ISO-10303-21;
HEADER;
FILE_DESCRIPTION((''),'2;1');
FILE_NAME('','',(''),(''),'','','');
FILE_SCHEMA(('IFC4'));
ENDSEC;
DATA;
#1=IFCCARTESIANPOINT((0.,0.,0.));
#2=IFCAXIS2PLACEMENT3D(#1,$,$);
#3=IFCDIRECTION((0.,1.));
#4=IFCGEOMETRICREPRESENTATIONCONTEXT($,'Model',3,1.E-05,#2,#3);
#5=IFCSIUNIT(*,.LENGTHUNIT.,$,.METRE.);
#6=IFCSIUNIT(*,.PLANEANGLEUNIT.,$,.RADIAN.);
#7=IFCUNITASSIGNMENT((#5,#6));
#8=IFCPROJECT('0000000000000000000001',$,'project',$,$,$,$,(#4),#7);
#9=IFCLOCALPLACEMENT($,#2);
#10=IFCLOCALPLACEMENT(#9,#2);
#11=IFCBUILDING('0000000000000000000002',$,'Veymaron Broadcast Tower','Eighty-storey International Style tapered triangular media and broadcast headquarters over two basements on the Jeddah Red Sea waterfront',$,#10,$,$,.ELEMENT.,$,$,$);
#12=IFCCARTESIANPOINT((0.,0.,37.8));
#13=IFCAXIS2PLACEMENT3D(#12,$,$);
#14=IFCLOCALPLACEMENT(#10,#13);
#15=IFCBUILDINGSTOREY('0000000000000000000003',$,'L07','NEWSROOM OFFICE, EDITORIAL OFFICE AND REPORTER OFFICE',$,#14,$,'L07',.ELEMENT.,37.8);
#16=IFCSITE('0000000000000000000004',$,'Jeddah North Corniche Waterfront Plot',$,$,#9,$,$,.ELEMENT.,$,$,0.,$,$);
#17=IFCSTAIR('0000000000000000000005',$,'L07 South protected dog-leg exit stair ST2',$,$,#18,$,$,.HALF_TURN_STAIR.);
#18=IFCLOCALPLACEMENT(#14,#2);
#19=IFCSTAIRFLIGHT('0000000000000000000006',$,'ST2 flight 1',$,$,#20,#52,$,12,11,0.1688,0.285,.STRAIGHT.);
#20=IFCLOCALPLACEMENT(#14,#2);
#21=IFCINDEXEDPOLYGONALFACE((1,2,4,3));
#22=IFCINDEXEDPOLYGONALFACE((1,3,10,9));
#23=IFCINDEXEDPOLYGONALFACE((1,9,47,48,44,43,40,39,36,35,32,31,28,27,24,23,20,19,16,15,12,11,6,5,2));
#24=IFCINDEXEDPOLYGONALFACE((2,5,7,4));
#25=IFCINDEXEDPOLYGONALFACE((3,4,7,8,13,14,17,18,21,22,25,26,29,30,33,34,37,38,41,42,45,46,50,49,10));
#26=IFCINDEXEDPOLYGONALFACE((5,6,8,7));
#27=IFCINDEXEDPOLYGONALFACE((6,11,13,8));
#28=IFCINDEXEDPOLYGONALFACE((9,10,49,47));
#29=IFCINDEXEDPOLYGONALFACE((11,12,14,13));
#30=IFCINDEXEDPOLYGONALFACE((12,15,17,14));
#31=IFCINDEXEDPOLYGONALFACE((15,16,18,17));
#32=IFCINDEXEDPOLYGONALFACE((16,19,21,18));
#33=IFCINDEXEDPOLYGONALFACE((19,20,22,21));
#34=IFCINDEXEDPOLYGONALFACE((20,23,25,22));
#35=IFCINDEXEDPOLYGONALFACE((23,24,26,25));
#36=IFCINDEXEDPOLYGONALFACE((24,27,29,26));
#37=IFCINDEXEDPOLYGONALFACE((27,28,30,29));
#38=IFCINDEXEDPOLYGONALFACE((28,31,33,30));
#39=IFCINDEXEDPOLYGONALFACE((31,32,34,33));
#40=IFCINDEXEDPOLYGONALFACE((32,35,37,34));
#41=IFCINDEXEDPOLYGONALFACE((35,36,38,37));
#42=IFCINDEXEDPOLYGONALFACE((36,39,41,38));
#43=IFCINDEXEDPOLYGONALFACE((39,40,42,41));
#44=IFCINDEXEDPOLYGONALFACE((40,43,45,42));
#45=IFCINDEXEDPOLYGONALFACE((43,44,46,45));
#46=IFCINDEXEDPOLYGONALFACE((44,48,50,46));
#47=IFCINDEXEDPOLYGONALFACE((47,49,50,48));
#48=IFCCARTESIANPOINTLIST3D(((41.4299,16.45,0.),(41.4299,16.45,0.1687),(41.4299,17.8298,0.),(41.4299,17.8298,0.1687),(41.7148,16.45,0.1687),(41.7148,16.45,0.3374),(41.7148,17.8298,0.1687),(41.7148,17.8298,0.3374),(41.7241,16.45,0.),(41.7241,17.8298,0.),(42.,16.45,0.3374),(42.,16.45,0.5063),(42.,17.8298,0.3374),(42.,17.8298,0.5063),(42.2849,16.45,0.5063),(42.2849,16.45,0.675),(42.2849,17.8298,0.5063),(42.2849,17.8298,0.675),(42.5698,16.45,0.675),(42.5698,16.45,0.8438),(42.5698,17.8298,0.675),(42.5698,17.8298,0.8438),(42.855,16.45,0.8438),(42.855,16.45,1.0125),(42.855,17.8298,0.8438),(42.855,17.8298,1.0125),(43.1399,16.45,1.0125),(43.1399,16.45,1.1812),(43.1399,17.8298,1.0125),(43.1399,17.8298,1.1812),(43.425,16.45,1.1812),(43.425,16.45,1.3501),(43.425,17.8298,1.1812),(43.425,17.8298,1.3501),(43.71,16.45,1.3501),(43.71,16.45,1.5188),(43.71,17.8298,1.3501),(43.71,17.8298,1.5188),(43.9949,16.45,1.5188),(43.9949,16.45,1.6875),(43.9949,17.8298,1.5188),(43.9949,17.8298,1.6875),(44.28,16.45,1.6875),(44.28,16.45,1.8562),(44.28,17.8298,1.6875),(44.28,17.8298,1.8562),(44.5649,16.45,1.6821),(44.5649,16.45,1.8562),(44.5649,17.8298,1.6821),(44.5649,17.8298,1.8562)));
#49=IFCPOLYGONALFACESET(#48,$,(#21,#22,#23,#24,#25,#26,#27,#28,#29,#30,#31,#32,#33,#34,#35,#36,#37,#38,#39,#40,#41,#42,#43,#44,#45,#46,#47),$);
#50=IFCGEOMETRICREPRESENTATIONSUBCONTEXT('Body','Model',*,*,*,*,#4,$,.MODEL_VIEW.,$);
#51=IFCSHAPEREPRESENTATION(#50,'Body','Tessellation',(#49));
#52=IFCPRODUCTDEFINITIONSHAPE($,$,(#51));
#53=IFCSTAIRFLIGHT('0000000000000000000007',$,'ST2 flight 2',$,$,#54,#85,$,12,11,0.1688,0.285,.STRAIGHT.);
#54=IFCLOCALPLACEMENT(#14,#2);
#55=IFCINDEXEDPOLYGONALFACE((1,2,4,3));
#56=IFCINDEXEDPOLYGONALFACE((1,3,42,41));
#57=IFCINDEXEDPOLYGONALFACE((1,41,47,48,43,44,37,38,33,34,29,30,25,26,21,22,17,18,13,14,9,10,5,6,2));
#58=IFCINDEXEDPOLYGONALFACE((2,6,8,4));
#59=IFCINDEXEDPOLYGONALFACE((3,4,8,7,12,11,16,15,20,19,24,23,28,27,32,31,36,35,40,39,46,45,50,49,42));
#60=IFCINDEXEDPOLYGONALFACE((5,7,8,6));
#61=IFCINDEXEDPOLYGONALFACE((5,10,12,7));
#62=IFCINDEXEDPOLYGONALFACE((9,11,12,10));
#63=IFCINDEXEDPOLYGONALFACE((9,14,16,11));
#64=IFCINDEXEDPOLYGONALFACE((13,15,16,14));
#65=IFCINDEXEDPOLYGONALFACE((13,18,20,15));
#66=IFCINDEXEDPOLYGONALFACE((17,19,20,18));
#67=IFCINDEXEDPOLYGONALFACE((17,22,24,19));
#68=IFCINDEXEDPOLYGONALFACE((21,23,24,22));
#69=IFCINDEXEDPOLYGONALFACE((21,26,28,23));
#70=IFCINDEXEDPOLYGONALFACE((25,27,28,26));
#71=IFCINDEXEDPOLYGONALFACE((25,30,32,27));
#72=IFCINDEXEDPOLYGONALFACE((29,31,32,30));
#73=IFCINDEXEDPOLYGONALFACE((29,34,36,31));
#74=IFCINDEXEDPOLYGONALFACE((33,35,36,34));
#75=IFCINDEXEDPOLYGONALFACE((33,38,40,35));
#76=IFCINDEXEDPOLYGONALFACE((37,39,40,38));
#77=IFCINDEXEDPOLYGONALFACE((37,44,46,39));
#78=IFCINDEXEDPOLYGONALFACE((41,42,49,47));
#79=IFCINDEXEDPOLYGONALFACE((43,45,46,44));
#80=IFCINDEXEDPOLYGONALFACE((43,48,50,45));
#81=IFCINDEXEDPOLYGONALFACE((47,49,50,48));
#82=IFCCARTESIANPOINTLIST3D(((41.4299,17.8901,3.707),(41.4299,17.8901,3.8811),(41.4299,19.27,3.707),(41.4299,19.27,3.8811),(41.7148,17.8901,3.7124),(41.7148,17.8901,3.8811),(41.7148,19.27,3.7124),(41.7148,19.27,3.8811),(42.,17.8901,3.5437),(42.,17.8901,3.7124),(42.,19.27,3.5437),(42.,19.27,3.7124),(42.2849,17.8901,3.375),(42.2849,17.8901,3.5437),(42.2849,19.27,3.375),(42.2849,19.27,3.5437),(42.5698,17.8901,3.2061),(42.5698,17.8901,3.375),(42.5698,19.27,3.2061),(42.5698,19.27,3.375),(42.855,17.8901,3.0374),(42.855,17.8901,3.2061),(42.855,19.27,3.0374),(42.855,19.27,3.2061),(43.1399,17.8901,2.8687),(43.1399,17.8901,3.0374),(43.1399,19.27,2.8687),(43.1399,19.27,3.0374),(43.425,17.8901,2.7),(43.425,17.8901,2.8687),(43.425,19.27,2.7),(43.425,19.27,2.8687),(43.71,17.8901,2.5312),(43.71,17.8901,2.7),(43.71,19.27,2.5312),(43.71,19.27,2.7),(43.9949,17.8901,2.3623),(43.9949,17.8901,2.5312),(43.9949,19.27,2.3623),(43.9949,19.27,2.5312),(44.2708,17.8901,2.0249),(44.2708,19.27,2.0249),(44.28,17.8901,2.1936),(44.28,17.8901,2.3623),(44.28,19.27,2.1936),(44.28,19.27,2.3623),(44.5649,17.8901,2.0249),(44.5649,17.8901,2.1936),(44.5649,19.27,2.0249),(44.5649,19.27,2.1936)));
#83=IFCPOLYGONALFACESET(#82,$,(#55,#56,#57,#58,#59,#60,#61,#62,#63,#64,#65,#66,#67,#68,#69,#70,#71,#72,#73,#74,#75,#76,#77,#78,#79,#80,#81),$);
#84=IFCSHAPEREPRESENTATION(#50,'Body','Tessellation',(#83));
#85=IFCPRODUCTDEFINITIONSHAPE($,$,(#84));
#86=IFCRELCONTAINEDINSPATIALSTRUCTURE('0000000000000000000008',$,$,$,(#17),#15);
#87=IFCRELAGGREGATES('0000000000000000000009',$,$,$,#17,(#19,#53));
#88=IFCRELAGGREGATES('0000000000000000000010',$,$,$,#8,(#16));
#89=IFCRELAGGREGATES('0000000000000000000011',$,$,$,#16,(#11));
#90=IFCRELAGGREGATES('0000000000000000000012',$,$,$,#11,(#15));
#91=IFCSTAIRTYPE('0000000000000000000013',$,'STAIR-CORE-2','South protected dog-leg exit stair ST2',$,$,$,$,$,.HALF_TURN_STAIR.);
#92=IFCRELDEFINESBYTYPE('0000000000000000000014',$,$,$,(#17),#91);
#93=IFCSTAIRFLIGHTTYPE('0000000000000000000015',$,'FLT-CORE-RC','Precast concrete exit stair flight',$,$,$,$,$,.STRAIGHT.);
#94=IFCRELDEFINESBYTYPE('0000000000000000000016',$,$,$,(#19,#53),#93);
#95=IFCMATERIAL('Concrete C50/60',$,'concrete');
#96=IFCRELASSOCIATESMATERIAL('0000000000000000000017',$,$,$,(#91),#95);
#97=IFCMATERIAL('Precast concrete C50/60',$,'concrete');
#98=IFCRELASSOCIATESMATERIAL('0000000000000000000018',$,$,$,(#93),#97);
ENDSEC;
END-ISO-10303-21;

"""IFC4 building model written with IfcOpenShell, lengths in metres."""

from ifc_helpers import new_model, si_unit, direction, frame, origin, place, context, subcontext, project, spatial, polyline, outline, extrude, material, type_object, element, aggregate, save


model = new_model("IFC4")

# Units and contexts
model_context = context("Model", 3, precision=1e-05, world=origin(), true_north=direction((0.0, 1.0)))
body_context = subcontext(model_context, "Body", "Model", "MODEL_VIEW")
ifc_project = project(units=[si_unit("LENGTHUNIT", "METRE"), si_unit("PLANEANGLEUNIT", "RADIAN")], contexts=[model_context])

# Site, building, storey
site_placement = place(None, origin())
site = spatial("IfcSite", under=ifc_project, at=site_placement, Name="Jeddah North Corniche Waterfront Plot", CompositionType="ELEMENT", RefElevation=0.0)
building_placement = place(site_placement, origin())
building = spatial("IfcBuilding", under=site, at=building_placement, Name="Veymaron Broadcast Tower", Description="Eighty-storey International Style tapered triangular media and broadcast headquarters over two basements on the Jeddah Red Sea waterfront", CompositionType="ELEMENT")
storey_placement = place(building_placement, frame((0.0, 0.0, 37.8)))
storey = spatial("IfcBuildingStorey", under=building, at=storey_placement, Name="L07", Description="NEWSROOM OFFICE, EDITORIAL OFFICE AND REPORTER OFFICE", LongName="L07", CompositionType="ELEMENT", Elevation=37.8)

# Shared definitions
ifc_material_1 = material(Name="Concrete C50/60", Category="concrete")

# Stair, stair flights
stair_type = type_object("IfcStairType", Name="STAIR-CORE-2", Description="South protected dog-leg exit stair ST2", PredefinedType="HALF_TURN_STAIR", material=ifc_material_1)
stair_placement = place(storey_placement, origin())
stair = element("IfcStair", 1, at=stair_placement, inside=storey, type_object=stair_type, Name="L07 South protected dog-leg exit stair ST2", PredefinedType="HALF_TURN_STAIR")
ifc_material_2 = material(Name="Precast concrete C50/60", Category="concrete")
stair_flight_type = type_object("IfcStairFlightType", Name="FLT-CORE-RC", Description="Precast concrete exit stair flight", PredefinedType="STRAIGHT", material=ifc_material_2)
stair_flight_1_placement = place(storey_placement, frame((41.4299, 17.1399, 0.0), z_axis=(0.0, 0.0, 1.0), x_axis=(1.0, 0.0, 0.0)))
stair_flight_1 = element("IfcStairFlight", 2, at=stair_flight_1_placement, type_object=stair_flight_type, Name="ST2 flight 1", NumberOfRisers=12, NumberOfTreads=11, PredefinedType="STRAIGHT", RiserHeight=0.1688, TreadLength=0.285, context=body_context, shape_type="SweptSolid", body=[
    extrude(outline(polyline([(0.0, 0.0), (0.0, 0.1687), (0.2849, 0.1687), (0.2849, 0.3374), (0.5701, 0.3374), (0.5701, 0.5063), (0.855, 0.5063), (0.855, 0.675), (1.1399, 0.675), (1.1399, 0.8438), (1.425, 0.8438), (1.425, 1.0125), (1.71, 1.0125), (1.71, 1.1812), (1.9951, 1.1812), (1.9951, 1.3501), (2.28, 1.3501), (2.28, 1.5188), (2.5649, 1.5188), (2.5649, 1.6875), (2.8501, 1.6875), (2.8501, 1.8562), (3.135, 1.8562), (3.135, 2.0249), (3.135, 1.6821), (0.2942, 0.0), (0.0, 0.0)])), frame((0.0, 0.6899, 0.0), z_axis=(0.0, -1.0, 0.0), x_axis=(1.0, 0.0, 0.0)), (0.0, 0.0, 1.0), 1.3799),
])
stair_flight_2_placement = place(storey_placement, frame((44.5649, 18.5801, 2.0249), z_axis=(0.0, 0.0, 1.0), x_axis=(-1.0, 0.0, 0.0)))
stair_flight_2 = element("IfcStairFlight", 3, at=stair_flight_2_placement, type_object=stair_flight_type, Name="ST2 flight 2", NumberOfRisers=12, NumberOfTreads=11, PredefinedType="STRAIGHT", RiserHeight=0.1688, TreadLength=0.285, context=body_context, shape_type="SweptSolid", body=[
    extrude(outline(polyline([(0.0, 0.0), (0.0, 0.1687), (0.2849, 0.1687), (0.2849, 0.3374), (0.5701, 0.3374), (0.5701, 0.5063), (0.855, 0.5063), (0.855, 0.675), (1.1399, 0.675), (1.1399, 0.8438), (1.425, 0.8438), (1.425, 1.0125), (1.71, 1.0125), (1.71, 1.1812), (1.9951, 1.1812), (1.9951, 1.3501), (2.28, 1.3501), (2.28, 1.5188), (2.5649, 1.5188), (2.5649, 1.6875), (2.8501, 1.6875), (2.8501, 1.8562), (3.135, 1.8562), (3.135, 2.0249), (3.135, 1.6821), (0.2942, 0.0), (0.0, 0.0)])), frame((0.0, 0.6899, 0.0), z_axis=(0.0, -1.0, 0.0), x_axis=(1.0, 0.0, 0.0)), (0.0, 0.0, 1.0), 1.3799),
])
aggregate(stair, [stair_flight_1, stair_flight_2])

save(model, "model.ifc")
